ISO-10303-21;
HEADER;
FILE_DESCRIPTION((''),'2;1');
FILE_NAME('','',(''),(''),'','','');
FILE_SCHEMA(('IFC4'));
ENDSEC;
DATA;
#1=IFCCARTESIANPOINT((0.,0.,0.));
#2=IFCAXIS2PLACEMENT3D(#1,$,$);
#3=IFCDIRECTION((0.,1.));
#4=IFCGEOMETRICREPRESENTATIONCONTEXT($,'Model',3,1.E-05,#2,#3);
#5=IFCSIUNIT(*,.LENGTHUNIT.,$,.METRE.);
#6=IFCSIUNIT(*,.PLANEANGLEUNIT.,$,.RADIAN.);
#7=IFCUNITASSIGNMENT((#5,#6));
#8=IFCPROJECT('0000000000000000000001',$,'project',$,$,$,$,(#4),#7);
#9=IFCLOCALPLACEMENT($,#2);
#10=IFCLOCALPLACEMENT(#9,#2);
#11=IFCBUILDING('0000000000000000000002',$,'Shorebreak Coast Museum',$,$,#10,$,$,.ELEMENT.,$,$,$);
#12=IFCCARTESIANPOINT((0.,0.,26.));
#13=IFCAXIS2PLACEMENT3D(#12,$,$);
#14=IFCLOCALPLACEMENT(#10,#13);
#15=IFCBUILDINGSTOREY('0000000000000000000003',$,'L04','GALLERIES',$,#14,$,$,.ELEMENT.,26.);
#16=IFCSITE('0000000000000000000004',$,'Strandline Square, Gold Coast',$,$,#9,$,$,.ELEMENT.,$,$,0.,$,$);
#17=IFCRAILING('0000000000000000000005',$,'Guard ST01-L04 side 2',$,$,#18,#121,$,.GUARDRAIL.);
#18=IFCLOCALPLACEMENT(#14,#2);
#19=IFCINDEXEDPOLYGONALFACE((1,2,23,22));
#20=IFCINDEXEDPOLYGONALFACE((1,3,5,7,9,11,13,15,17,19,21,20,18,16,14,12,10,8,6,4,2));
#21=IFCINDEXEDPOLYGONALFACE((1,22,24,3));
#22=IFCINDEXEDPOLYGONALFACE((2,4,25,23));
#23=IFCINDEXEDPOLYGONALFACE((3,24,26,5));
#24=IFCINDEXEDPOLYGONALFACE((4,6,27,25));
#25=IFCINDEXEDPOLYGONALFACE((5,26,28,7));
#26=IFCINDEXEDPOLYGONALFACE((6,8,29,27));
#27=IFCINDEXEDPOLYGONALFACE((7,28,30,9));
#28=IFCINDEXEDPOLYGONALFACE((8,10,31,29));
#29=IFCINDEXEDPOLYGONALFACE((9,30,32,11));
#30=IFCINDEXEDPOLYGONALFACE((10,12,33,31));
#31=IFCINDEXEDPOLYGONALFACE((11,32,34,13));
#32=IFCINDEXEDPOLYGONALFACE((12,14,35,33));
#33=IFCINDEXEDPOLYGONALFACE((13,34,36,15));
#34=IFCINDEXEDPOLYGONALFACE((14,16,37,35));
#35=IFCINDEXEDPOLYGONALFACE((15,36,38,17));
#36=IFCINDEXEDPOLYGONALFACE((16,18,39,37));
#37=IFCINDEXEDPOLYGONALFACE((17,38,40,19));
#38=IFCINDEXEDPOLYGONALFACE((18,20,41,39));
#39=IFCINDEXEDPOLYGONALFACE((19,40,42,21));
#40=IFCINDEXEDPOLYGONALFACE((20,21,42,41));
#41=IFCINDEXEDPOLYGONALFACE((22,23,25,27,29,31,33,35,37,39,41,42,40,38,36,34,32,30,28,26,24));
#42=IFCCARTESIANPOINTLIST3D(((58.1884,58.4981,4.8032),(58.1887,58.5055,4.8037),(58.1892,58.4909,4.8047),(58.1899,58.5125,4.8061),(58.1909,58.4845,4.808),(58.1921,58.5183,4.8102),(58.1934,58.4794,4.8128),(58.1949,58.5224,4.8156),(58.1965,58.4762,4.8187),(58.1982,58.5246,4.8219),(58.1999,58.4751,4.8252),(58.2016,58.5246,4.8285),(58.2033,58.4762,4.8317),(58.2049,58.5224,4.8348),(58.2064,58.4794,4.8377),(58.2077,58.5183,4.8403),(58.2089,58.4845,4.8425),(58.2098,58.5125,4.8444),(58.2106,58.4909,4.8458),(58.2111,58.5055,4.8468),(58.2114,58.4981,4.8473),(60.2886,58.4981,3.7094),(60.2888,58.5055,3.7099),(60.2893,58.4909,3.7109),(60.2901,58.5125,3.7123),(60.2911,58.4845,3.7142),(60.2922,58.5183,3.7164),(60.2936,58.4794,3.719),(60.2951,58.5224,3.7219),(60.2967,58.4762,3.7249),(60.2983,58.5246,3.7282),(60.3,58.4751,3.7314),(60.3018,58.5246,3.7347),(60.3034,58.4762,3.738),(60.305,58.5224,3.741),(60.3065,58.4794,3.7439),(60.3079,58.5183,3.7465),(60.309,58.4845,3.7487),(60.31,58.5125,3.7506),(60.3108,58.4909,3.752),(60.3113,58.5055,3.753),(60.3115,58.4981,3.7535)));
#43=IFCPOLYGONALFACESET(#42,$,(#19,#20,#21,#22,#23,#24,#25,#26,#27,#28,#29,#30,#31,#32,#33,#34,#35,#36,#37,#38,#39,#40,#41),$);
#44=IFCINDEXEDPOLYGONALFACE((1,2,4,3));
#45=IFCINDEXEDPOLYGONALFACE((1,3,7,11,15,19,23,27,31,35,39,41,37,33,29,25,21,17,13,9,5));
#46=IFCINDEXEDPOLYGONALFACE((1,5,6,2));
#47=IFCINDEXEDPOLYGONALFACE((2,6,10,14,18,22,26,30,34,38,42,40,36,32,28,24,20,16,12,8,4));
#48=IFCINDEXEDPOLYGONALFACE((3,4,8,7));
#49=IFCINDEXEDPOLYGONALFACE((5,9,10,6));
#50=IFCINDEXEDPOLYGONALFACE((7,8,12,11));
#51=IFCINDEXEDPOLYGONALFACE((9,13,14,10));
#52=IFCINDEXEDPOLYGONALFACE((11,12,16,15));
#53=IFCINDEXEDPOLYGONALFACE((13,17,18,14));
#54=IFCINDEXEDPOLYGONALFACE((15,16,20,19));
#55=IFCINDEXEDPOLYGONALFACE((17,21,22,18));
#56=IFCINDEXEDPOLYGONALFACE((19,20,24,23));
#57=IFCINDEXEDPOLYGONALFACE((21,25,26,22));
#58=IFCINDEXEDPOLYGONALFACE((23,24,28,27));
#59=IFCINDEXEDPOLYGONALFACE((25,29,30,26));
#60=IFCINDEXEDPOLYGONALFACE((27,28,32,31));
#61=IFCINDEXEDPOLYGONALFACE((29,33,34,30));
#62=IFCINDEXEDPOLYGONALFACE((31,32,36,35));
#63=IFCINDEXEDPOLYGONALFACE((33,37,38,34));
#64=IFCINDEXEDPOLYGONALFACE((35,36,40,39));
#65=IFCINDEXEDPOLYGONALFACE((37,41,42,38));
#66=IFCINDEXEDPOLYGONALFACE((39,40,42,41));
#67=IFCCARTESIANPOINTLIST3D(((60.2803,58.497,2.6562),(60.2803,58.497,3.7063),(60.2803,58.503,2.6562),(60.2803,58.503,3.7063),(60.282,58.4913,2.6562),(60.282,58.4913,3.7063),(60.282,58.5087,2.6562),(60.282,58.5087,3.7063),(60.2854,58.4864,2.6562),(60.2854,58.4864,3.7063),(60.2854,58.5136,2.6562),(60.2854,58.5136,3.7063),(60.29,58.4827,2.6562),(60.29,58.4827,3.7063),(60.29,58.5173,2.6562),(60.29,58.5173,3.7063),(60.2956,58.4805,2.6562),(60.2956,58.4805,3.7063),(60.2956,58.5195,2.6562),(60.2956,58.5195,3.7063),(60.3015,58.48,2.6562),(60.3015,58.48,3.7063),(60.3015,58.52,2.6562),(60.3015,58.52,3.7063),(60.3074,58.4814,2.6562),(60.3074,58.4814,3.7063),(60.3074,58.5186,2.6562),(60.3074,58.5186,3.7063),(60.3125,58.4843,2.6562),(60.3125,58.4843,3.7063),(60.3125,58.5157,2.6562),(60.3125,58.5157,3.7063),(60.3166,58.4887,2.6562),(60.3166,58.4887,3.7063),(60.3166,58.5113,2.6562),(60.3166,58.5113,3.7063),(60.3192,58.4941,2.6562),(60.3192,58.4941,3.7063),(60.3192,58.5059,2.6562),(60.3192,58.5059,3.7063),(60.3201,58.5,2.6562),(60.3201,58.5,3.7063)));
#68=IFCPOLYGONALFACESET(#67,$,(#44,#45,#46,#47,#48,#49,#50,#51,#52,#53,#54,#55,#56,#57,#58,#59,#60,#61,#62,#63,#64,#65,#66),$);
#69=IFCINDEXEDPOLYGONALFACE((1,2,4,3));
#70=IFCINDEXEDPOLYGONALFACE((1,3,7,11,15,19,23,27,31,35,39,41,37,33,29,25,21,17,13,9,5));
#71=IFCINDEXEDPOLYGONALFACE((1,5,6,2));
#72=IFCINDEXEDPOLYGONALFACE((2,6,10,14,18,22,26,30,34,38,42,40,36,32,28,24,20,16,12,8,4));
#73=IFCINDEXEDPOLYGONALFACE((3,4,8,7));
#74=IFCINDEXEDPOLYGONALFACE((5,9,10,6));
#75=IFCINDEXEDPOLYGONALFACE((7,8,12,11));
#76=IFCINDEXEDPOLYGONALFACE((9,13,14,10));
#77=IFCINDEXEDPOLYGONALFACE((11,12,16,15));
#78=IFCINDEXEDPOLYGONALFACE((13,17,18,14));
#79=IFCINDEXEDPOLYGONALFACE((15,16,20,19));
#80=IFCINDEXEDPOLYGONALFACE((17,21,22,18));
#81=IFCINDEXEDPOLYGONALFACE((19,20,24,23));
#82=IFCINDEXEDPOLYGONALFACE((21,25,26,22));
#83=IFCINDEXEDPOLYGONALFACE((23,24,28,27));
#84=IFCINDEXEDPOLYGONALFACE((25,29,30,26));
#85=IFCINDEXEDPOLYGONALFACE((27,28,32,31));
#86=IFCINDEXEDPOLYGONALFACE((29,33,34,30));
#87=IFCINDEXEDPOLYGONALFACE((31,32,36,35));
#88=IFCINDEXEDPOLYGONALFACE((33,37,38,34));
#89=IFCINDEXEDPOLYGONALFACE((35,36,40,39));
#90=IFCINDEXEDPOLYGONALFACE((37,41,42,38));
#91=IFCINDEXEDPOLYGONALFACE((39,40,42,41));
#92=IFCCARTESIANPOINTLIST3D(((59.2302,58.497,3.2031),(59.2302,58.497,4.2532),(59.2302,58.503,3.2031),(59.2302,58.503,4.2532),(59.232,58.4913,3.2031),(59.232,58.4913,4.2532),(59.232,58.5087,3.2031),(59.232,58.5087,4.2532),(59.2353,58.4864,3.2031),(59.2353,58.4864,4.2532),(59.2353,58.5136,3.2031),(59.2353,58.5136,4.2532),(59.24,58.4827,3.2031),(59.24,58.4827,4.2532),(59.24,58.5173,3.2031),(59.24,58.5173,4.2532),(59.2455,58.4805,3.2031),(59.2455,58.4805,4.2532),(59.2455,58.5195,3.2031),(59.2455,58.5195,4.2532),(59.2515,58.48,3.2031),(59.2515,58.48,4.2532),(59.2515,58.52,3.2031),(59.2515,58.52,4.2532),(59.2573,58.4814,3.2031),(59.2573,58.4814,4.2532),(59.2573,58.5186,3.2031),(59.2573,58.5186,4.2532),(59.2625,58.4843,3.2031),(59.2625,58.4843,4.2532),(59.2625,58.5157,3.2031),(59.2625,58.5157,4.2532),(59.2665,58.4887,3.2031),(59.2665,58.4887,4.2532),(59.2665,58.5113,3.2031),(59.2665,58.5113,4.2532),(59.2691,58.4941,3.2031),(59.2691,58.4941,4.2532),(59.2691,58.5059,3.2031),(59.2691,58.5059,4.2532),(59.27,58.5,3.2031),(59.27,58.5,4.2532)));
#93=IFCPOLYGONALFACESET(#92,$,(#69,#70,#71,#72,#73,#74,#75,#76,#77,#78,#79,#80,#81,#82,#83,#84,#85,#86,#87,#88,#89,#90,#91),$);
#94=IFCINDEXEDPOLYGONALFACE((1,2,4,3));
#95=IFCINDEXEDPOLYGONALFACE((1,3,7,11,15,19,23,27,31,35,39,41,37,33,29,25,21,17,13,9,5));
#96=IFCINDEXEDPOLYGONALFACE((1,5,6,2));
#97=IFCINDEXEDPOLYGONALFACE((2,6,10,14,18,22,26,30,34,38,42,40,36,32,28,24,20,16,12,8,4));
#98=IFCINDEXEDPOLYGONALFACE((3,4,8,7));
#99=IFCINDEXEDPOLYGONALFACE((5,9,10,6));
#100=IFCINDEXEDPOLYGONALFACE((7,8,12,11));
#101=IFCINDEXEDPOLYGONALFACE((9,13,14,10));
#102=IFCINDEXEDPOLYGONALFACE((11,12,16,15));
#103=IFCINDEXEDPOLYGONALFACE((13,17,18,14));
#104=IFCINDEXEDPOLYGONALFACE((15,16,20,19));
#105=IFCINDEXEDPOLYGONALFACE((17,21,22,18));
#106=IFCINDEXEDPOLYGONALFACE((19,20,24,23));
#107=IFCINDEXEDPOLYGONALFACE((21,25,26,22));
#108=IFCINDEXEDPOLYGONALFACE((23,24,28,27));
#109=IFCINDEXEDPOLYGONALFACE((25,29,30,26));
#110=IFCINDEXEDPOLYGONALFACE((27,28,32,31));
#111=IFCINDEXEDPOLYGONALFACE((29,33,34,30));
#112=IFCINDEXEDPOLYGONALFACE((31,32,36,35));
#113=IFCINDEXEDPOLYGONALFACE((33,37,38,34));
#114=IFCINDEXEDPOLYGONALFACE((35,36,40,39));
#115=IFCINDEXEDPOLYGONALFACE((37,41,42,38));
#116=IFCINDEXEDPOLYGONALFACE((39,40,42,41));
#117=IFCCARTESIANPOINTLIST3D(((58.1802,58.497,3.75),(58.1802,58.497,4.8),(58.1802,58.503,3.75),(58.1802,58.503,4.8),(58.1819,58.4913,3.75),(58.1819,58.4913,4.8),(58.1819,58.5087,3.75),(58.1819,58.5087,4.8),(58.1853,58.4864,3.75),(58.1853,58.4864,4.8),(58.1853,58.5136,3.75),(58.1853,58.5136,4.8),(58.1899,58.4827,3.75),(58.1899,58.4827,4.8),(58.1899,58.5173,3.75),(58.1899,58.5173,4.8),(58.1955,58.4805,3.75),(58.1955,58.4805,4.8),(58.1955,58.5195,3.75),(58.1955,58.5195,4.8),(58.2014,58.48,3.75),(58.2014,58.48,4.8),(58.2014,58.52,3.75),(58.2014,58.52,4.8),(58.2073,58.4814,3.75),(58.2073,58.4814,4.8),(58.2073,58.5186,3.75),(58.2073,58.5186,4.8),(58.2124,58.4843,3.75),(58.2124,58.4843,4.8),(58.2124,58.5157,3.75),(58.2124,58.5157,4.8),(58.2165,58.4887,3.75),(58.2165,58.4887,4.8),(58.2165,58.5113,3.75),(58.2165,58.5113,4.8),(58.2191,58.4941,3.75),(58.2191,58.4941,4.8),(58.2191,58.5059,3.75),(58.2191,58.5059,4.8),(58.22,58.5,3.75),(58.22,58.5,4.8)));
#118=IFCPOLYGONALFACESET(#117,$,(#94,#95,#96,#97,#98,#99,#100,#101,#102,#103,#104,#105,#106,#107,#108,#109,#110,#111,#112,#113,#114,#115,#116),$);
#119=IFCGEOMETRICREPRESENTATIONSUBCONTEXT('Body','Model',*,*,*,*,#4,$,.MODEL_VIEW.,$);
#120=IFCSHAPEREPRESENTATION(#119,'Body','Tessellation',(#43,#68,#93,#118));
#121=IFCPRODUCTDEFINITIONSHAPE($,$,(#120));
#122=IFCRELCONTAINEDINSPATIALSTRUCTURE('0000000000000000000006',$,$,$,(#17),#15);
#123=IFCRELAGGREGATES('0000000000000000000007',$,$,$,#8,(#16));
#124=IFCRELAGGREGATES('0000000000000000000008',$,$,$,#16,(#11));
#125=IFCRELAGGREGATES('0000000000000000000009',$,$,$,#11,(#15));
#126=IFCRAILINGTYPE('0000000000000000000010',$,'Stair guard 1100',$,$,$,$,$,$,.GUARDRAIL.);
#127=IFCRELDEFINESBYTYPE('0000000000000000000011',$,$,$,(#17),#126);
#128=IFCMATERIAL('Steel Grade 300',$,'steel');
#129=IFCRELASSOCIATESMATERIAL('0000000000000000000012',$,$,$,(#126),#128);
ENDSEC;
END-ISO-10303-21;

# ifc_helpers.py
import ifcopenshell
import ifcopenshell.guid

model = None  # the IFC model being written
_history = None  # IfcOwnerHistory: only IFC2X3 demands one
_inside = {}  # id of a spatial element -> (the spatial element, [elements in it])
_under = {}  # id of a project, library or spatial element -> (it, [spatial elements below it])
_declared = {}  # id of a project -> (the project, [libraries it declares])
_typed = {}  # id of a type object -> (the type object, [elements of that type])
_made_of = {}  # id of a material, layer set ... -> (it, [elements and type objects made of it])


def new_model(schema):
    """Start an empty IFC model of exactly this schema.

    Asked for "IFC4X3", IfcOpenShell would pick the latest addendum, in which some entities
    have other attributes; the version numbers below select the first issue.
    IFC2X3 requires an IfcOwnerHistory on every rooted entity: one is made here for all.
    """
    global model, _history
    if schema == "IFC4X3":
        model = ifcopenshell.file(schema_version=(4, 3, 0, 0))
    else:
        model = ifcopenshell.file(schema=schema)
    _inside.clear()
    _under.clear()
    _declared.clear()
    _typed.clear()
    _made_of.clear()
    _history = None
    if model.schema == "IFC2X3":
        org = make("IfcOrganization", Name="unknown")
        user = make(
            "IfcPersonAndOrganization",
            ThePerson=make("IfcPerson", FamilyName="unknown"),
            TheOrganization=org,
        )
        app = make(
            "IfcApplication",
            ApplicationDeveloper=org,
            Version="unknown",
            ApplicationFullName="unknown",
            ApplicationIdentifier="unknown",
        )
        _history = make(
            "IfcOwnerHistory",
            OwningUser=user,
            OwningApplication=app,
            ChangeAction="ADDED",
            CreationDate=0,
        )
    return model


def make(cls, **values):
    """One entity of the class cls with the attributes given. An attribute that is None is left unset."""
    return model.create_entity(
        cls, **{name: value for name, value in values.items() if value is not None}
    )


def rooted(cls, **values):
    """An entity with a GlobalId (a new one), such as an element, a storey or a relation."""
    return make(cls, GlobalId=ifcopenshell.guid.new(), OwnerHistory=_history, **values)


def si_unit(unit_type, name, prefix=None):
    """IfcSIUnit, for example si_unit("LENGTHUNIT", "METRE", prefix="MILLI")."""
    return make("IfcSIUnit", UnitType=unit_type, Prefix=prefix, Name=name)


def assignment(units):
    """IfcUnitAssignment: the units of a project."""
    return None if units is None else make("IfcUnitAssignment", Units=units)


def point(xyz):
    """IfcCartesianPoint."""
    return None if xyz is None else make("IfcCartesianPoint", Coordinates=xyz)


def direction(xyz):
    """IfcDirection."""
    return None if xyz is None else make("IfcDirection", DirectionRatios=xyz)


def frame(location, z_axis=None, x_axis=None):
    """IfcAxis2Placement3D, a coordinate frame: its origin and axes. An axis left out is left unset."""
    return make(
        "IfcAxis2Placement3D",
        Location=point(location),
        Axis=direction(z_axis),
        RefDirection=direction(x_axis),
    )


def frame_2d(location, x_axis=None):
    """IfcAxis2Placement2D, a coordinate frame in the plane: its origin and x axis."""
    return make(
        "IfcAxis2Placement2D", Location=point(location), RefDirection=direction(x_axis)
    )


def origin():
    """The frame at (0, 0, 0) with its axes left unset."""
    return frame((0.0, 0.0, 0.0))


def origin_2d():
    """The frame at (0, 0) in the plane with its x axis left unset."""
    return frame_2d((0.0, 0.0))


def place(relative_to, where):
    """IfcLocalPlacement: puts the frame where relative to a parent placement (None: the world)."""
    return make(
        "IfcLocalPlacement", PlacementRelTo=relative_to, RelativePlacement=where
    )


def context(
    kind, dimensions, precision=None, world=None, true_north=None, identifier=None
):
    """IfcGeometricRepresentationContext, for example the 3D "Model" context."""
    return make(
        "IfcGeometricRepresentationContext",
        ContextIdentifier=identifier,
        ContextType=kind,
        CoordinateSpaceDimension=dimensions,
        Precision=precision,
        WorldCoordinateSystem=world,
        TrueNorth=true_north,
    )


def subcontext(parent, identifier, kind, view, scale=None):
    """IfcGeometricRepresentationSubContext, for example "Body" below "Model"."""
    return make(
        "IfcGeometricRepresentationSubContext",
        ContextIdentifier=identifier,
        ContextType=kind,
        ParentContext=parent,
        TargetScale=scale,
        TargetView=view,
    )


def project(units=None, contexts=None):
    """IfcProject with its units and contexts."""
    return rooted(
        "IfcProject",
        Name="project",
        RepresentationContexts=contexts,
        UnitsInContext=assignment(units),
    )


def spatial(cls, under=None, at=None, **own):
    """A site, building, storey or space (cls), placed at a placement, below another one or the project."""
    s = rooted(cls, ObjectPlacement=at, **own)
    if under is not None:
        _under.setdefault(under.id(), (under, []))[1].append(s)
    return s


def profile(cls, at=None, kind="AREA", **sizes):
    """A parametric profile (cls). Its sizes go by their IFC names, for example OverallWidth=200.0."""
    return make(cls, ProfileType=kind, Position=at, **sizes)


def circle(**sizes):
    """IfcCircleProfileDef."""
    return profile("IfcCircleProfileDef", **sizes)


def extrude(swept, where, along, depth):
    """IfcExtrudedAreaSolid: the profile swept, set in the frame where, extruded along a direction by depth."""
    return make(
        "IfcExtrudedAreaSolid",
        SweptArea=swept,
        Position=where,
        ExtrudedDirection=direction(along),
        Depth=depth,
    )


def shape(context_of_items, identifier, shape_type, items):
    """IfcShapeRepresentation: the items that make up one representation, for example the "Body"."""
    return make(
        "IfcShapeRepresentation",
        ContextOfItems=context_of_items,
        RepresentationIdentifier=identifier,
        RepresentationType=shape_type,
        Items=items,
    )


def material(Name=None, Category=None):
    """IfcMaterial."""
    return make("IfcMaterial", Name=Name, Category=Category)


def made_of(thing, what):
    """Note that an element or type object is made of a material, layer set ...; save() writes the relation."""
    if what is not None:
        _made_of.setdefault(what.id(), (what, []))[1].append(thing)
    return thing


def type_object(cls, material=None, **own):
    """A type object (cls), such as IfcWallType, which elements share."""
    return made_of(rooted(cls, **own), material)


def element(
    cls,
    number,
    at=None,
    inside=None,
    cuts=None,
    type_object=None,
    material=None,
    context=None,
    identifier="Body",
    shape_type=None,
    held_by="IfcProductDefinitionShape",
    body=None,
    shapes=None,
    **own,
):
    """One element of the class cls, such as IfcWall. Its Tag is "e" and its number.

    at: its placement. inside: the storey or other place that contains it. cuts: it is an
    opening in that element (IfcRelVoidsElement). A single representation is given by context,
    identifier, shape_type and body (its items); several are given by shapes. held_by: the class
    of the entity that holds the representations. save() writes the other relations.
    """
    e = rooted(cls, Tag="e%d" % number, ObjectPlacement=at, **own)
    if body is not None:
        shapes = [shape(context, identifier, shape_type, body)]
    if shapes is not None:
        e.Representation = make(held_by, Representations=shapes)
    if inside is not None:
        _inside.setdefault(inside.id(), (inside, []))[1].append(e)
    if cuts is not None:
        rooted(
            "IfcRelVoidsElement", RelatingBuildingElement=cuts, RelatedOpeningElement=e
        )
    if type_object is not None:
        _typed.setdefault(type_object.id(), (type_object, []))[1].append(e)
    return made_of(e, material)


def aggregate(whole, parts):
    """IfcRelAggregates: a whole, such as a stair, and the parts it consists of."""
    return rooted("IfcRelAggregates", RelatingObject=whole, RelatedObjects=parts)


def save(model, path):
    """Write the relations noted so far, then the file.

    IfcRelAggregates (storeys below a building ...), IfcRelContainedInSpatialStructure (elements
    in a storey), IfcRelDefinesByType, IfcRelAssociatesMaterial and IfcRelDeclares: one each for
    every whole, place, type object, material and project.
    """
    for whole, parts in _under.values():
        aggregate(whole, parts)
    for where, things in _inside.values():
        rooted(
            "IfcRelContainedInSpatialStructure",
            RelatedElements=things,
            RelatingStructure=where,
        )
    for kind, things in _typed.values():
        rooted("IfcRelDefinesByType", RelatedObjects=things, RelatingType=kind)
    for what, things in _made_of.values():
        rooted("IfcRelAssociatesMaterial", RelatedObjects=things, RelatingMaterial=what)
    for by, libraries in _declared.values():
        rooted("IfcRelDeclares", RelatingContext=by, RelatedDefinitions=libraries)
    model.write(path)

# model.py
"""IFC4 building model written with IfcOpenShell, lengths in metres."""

from ifc_helpers import new_model, si_unit, direction, frame, origin, origin_2d, place, context, subcontext, project, spatial, circle, extrude, material, type_object, element, save


model = new_model("IFC4")

# Units and contexts
model_context = context("Model", 3, precision=1e-05, world=origin(), true_north=direction((0.0, 1.0)))
body_context = subcontext(model_context, "Body", "Model", "MODEL_VIEW")
ifc_project = project(units=[si_unit("LENGTHUNIT", "METRE"), si_unit("PLANEANGLEUNIT", "RADIAN")], contexts=[model_context])

# Site, building, storey
site_placement = place(None, origin())
site = spatial("IfcSite", under=ifc_project, at=site_placement, Name="Strandline Square, Gold Coast", CompositionType="ELEMENT", RefElevation=0.0)
building_placement = place(site_placement, origin())
building = spatial("IfcBuilding", under=site, at=building_placement, Name="Shorebreak Coast Museum", CompositionType="ELEMENT")
storey_placement = place(building_placement, frame((0.0, 0.0, 26.0)))
storey = spatial("IfcBuildingStorey", under=building, at=storey_placement, Name="L04", Description="GALLERIES", CompositionType="ELEMENT", Elevation=26.0)

# Railing
ifc_material_1 = material(Name="Steel Grade 300", Category="steel")
railing_type_1 = type_object("IfcRailingType", Name="Stair guard 1100", PredefinedType="GUARDRAIL", material=ifc_material_1)
railing_placement = place(storey_placement, frame((60.3, 58.5, 2.6562)))
element("IfcRailing", 1, at=railing_placement, inside=storey, type_object=railing_type_1, Name="Guard ST01-L04 side 2", PredefinedType="GUARDRAIL", context=body_context, shape_type="SweptSolid", body=[
    extrude(circle(Radius=0.0249, at=origin_2d()), frame((0.0, 0.0, 1.0752), z_axis=(-0.886923, 0.0, 0.461918), x_axis=(0.0, -1.0, 0.0)), (0.0, 0.0, 1.0), 2.3679),
    extrude(circle(Radius=0.02, at=origin_2d()), origin(), (0.0, 0.0, 1.0), 1.05),
    extrude(circle(Radius=0.02, at=origin_2d()), frame((-1.05, 0.0, 0.5469)), (0.0, 0.0, 1.0), 1.05),
    extrude(circle(Radius=0.02, at=origin_2d()), frame((-2.1001, 0.0, 1.0938)), (0.0, 0.0, 1.0), 1.05),
])

save(model, "model.ifc")
